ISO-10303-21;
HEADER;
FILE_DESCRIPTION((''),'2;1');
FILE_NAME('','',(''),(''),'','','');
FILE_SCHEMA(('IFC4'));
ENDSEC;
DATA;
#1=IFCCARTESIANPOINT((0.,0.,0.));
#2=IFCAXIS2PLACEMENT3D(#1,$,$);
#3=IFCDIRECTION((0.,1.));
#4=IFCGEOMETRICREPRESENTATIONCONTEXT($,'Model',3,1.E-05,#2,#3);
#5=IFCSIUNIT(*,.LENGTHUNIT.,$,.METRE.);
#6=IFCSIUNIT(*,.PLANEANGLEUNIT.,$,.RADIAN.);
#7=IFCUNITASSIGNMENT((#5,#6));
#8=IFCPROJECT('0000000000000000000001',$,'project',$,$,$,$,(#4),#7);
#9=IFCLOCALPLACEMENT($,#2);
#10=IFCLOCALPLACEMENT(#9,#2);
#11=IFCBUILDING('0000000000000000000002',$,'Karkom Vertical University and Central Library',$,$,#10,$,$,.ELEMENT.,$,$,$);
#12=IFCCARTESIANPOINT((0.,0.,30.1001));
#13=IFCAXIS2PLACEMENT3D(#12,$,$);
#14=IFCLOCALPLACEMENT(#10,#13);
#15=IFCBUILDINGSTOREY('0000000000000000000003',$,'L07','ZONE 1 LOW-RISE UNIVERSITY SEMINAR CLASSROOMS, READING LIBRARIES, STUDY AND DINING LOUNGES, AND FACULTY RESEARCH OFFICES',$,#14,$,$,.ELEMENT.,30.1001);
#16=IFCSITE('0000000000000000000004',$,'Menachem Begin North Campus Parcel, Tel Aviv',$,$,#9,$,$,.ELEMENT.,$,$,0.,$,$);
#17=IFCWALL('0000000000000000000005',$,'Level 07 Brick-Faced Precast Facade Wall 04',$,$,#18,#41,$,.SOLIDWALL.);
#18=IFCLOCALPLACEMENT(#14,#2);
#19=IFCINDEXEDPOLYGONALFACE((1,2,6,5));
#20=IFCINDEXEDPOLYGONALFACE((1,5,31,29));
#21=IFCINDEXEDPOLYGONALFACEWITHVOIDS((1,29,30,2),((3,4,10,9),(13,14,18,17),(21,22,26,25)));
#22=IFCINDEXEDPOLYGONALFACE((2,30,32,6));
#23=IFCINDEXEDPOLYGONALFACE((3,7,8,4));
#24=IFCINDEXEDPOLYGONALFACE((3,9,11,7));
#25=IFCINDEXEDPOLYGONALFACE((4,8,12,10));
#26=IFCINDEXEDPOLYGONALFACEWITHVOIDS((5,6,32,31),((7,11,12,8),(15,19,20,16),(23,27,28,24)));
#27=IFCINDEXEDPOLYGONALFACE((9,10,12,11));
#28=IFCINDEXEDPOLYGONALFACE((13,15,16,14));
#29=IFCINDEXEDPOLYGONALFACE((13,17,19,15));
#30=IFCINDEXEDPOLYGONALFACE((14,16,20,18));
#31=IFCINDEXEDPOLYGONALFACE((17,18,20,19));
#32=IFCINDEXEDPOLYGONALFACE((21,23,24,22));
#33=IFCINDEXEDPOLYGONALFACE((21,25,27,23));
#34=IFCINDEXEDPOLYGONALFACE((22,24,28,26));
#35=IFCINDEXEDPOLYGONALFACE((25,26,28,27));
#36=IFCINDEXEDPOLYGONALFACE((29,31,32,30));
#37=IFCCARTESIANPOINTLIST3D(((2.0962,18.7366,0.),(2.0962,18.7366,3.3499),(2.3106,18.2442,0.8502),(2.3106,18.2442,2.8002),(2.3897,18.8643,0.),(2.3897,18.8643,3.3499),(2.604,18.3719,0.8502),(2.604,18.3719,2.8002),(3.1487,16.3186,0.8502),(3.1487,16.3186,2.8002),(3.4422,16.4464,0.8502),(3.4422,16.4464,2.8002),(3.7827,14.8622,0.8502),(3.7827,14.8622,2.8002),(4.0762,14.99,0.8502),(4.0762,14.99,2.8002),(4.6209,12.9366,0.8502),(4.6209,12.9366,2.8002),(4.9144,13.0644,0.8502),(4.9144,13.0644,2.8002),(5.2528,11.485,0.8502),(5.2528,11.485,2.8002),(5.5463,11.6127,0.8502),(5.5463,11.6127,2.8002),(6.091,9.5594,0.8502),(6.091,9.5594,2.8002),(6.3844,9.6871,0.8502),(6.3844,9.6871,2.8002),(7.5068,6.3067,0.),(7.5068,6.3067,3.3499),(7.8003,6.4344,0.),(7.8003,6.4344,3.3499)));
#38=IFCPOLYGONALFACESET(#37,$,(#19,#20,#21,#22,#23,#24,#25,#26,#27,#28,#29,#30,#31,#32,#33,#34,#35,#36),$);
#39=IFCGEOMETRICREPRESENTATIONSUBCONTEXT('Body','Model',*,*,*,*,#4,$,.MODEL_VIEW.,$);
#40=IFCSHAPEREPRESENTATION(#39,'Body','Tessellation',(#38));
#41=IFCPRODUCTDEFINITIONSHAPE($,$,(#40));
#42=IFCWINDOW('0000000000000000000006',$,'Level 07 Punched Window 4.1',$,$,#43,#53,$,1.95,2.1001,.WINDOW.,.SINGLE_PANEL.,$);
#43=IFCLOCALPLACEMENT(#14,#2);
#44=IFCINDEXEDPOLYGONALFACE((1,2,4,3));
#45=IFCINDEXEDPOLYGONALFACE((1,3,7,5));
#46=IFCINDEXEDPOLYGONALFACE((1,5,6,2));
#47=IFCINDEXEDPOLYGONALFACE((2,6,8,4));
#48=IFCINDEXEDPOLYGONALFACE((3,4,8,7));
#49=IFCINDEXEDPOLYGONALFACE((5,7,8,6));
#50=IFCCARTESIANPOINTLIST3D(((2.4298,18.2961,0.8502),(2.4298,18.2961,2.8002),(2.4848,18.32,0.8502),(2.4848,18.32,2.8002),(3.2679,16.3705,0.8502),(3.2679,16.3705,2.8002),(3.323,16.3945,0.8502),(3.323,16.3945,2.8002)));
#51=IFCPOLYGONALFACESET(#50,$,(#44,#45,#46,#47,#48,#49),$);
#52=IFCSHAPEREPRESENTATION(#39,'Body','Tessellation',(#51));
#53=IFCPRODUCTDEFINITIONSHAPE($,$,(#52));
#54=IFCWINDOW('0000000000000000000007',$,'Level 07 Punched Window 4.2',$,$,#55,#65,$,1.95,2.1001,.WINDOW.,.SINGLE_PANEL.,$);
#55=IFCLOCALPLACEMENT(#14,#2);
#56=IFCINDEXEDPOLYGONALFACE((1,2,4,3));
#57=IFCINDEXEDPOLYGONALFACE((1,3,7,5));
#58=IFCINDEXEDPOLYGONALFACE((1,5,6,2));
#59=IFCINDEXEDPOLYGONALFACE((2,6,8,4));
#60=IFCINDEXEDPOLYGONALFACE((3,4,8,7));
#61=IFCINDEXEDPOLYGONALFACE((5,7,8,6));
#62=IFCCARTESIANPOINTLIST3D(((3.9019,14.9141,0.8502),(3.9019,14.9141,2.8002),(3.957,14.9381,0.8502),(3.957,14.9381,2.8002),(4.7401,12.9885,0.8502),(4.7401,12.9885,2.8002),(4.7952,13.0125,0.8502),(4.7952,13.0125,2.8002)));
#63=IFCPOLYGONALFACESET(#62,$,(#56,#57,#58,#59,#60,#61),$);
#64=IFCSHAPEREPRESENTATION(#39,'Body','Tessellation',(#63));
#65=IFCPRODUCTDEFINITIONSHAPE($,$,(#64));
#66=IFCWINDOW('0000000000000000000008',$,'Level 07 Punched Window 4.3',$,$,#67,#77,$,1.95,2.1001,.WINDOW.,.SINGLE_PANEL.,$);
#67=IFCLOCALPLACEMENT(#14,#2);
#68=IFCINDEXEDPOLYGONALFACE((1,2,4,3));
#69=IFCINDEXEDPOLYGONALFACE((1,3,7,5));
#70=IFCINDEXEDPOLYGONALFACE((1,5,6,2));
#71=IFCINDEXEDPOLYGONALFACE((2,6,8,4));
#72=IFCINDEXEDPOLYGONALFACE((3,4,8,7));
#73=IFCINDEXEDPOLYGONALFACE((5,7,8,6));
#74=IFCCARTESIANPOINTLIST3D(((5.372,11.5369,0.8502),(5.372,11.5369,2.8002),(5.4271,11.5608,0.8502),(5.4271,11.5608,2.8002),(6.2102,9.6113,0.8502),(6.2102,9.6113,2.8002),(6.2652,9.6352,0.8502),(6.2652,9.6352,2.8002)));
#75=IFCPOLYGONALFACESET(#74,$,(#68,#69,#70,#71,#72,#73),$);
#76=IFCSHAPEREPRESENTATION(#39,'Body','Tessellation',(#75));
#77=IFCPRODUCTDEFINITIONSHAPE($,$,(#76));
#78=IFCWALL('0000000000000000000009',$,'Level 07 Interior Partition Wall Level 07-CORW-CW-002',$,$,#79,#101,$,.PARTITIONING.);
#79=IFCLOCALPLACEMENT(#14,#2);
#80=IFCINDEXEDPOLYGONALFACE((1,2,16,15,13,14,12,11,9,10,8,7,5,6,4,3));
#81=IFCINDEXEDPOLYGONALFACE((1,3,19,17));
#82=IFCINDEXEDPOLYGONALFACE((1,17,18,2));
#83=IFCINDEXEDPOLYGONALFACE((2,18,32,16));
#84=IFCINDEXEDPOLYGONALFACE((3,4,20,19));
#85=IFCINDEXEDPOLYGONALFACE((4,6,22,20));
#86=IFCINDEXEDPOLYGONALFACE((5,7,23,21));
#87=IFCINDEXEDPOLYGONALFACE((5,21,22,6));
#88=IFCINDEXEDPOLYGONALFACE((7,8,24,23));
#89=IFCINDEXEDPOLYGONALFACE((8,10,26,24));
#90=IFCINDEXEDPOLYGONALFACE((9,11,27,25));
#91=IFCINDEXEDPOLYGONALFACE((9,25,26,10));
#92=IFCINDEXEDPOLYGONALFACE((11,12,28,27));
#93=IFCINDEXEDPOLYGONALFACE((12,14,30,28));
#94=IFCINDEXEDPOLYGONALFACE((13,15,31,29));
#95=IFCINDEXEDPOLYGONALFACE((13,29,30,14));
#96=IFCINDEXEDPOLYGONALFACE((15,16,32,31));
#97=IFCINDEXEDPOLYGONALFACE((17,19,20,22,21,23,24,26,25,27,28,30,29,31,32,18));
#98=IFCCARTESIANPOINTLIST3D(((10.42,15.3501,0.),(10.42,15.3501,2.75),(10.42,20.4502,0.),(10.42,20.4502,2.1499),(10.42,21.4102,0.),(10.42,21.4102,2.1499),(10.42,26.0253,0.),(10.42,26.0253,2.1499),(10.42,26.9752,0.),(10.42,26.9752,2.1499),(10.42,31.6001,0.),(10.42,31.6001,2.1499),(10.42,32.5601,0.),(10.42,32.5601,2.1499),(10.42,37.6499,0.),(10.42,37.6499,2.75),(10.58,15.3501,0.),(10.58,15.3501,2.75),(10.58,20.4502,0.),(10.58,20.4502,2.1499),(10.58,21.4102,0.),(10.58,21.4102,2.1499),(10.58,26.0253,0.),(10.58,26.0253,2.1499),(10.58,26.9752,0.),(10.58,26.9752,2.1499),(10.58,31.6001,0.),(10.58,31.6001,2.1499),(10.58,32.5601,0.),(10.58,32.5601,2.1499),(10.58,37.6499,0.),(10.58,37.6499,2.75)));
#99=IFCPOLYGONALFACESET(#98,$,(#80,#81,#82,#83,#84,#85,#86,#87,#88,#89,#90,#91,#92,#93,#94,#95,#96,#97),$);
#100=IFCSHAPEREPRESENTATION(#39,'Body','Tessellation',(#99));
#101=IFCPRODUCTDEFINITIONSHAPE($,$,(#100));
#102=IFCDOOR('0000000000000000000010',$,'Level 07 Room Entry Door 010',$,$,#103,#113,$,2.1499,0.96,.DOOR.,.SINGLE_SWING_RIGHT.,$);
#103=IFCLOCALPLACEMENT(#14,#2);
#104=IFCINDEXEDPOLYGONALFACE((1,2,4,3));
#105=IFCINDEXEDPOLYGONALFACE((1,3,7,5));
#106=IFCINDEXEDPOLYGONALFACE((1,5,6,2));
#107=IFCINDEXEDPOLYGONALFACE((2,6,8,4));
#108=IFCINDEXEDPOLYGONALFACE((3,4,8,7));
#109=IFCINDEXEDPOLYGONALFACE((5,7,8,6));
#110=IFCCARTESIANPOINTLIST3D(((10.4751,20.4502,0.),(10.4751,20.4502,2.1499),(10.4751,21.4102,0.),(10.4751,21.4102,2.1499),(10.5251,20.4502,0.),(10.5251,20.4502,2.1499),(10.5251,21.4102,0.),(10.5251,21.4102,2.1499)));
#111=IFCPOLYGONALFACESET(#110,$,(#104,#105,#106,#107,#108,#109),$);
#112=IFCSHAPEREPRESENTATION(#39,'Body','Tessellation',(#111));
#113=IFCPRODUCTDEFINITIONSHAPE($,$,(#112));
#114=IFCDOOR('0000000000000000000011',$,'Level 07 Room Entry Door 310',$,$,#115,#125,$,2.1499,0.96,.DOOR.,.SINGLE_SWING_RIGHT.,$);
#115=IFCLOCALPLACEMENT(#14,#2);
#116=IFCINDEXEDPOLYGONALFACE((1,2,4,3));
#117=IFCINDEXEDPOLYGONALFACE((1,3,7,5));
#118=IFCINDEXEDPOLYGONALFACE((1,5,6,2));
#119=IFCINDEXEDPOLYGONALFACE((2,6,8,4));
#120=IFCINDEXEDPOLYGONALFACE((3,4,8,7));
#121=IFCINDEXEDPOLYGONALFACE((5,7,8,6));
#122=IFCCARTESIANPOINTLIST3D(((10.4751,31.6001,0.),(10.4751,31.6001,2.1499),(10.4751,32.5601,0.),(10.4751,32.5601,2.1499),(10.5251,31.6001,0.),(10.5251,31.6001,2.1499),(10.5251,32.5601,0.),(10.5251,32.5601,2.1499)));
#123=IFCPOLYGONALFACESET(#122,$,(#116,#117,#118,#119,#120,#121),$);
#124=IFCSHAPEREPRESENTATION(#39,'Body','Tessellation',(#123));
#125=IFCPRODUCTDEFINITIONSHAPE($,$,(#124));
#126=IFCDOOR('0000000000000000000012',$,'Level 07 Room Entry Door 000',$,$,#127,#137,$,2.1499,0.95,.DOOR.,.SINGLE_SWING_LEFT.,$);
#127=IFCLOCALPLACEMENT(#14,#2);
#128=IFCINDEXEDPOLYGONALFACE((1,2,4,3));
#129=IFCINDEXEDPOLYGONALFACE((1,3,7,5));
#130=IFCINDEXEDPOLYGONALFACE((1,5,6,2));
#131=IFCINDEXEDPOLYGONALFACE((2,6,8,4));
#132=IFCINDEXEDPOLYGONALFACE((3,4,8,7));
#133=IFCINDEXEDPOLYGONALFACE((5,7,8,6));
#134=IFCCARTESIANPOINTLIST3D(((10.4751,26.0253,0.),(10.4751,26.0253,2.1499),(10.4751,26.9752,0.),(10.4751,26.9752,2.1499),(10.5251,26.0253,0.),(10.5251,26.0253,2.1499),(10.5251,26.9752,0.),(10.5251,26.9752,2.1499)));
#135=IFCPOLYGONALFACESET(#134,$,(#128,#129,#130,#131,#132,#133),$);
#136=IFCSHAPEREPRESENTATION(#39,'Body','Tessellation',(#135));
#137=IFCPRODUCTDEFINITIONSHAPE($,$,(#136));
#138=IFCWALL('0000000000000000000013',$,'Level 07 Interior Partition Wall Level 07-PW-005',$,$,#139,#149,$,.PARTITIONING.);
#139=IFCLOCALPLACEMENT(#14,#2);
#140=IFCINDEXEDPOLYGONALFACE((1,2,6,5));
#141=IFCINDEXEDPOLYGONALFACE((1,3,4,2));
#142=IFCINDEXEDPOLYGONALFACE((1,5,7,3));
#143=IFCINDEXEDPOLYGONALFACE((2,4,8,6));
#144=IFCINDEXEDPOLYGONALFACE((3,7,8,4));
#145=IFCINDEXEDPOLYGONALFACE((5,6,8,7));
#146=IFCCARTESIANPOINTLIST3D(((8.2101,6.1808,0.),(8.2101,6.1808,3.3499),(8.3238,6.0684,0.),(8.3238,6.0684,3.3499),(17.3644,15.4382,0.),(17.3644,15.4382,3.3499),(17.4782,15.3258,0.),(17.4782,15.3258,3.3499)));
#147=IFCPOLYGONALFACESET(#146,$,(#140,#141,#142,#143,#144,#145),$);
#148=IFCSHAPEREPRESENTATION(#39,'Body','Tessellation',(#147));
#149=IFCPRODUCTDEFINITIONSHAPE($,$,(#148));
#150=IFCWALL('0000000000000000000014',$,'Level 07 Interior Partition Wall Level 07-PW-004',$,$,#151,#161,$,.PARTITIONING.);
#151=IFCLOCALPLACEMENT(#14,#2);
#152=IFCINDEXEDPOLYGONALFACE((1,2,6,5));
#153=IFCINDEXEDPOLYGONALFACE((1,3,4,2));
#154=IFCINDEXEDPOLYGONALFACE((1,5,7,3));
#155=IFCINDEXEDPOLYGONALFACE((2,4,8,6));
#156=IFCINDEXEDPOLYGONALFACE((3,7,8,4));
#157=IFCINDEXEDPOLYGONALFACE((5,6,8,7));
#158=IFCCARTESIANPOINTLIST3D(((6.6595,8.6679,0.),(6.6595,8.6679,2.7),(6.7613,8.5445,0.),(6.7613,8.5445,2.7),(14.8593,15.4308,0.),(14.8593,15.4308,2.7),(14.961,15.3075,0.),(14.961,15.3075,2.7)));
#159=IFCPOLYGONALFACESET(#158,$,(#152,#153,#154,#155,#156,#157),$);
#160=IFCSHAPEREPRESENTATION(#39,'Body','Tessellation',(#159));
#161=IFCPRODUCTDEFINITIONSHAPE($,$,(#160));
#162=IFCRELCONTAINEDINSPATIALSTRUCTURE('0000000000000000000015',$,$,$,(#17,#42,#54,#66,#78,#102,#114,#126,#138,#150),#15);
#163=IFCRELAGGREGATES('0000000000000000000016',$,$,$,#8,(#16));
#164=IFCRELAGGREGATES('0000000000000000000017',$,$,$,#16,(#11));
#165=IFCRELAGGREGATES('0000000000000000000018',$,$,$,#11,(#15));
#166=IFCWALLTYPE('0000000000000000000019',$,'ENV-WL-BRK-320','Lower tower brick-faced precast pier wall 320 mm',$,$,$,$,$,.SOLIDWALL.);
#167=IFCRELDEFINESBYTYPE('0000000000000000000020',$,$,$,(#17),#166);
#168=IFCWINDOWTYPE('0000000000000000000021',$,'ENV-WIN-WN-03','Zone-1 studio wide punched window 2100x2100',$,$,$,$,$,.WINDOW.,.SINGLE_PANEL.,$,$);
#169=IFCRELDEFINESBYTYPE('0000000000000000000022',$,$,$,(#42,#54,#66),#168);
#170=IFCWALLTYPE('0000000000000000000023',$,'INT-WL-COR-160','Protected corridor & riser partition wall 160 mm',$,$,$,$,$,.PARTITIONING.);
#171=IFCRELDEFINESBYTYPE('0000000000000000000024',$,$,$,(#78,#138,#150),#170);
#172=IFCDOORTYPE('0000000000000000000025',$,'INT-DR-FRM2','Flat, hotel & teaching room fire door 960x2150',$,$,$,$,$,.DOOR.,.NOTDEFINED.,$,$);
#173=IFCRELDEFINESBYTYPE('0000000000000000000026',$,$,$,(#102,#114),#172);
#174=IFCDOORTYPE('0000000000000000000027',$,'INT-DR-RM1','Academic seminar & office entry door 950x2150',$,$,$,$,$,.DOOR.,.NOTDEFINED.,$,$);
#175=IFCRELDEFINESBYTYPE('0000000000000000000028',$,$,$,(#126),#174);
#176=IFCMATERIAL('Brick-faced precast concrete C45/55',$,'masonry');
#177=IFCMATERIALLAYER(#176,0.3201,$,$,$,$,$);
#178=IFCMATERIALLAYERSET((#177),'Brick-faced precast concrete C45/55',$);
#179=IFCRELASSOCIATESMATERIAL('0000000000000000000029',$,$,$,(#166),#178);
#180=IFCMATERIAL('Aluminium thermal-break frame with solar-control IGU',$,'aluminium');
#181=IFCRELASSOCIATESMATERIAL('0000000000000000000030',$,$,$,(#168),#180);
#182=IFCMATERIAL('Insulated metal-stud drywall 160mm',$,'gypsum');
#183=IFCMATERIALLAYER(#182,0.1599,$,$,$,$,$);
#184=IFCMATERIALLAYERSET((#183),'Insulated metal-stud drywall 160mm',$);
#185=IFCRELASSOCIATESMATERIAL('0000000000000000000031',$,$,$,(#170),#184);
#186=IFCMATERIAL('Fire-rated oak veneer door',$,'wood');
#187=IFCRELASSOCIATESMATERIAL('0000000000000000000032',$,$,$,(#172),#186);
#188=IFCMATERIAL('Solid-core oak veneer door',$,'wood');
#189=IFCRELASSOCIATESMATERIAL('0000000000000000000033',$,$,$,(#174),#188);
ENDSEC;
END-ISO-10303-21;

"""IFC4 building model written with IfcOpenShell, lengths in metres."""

from ifc_helpers import new_model, si_unit, direction, frame, frame_2d, origin, origin_with_axes, place, context, subcontext, project, spatial, rectangle, extrude, source, transform, mapped, material, layer, layer_set, type_object, element, fill, save


model = new_model("IFC4")

# Units and contexts
model_context = context("Model", 3, precision=1e-05, world=origin(), true_north=direction((0.0, 1.0)))
body_context = subcontext(model_context, "Body", "Model", "MODEL_VIEW")
ifc_project = project(units=[si_unit("LENGTHUNIT", "METRE"), si_unit("PLANEANGLEUNIT", "RADIAN")], contexts=[model_context])

# Site, building, storey
site_placement = place(None, origin())
site = spatial("IfcSite", under=ifc_project, at=site_placement, Name="Menachem Begin North Campus Parcel, Tel Aviv", CompositionType="ELEMENT", RefElevation=0.0)
building_placement = place(site_placement, origin())
building = spatial("IfcBuilding", under=site, at=building_placement, Name="Karkom Vertical University and Central Library", CompositionType="ELEMENT")
storey_placement = place(building_placement, frame((0.0, 0.0, 30.1001)))
storey = spatial("IfcBuildingStorey", under=building, at=storey_placement, Name="L07", Description="ZONE 1 LOW-RISE UNIVERSITY SEMINAR CLASSROOMS, READING LIBRARIES, STUDY AND DINING LOUNGES, AND FACULTY RESEARCH OFFICES", CompositionType="ELEMENT", Elevation=30.1001)

# Wall, openings, windows
ifc_material_1 = material(Name="Brick-faced precast concrete C45/55", Category="masonry")
ifc_layer_1 = layer(ifc_material_1, 0.3201)
ifc_layer_set_1 = layer_set([ifc_layer_1], Name="Brick-faced precast concrete C45/55")
wall_type_1 = type_object("IfcWallType", Name="ENV-WL-BRK-320", Description="Lower tower brick-faced precast pier wall 320 mm", PredefinedType="SOLIDWALL", material=ifc_layer_set_1)
wall_1_placement = place(storey_placement, frame((2.2429, 18.8005, 0.0), z_axis=(0.0, 0.0, 1.0), x_axis=(0.399119, -0.916899, 0.0)))
wall_1 = element("IfcWall", 1, at=wall_1_placement, inside=storey, type_object=wall_type_1, Name="Level 07 Brick-Faced Precast Facade Wall 04", PredefinedType="SOLIDWALL", context=body_context, shape_type="SweptSolid", body=[
    extrude(rectangle(XDim=13.5564, YDim=0.3201, at=frame_2d((6.7783, 0.0))), origin(), (0.0, 0.0, 1.0), 3.3499),
])
opening_1_placement = place(wall_1_placement, frame((0.5371, 0.0, 0.8501)))
opening_1 = element("IfcOpeningElement", 2, at=opening_1_placement, cuts=wall_1, PredefinedType="OPENING", context=body_context, shape_type="SweptSolid", body=[
    extrude(rectangle(XDim=2.1001, YDim=1.95, at=frame_2d((1.05, 0.9751))), frame((0.0, 0.1699, 0.0), z_axis=(0.0, -1.0, 0.0), x_axis=(1.0, 0.0, 0.0)), (0.0, 0.0, 1.0), 0.3401),
])
opening_2_placement = place(wall_1_placement, frame((4.2256, 0.0, 0.8501)))
opening_2 = element("IfcOpeningElement", 3, at=opening_2_placement, cuts=wall_1, PredefinedType="OPENING", context=body_context, shape_type="SweptSolid", body=[
    extrude(rectangle(XDim=2.1001, YDim=1.95, at=frame_2d((1.05, 0.9751))), frame((0.0, 0.1699, 0.0), z_axis=(0.0, -1.0, 0.0), x_axis=(1.0, 0.0, 0.0)), (0.0, 0.0, 1.0), 0.3401),
])
opening_3_placement = place(wall_1_placement, frame((7.9089, 0.0, 0.8501)))
opening_3 = element("IfcOpeningElement", 4, at=opening_3_placement, cuts=wall_1, PredefinedType="OPENING", context=body_context, shape_type="SweptSolid", body=[
    extrude(rectangle(XDim=2.1001, YDim=1.95, at=frame_2d((1.05, 0.9751))), frame((0.0, 0.1699, 0.0), z_axis=(0.0, -1.0, 0.0), x_axis=(1.0, 0.0, 0.0)), (0.0, 0.0, 1.0), 0.3401),
])
ifc_material_2 = material(Name="Aluminium thermal-break frame with solar-control IGU", Category="aluminium")
window_type = type_object("IfcWindowType", Name="ENV-WIN-WN-03", Description="Zone-1 studio wide punched window 2100x2100", PartitioningType="SINGLE_PANEL", PredefinedType="WINDOW", material=ifc_material_2)
shared_shape_1 = source(origin_with_axes(), body_context, "Body", "SweptSolid", [
    extrude(rectangle(XDim=2.1001, YDim=1.95, at=frame_2d((1.05, 0.9751))), frame((0.0, 0.03, 0.0), z_axis=(0.0, -1.0, 0.0), x_axis=(1.0, 0.0, 0.0)), (0.0, 0.0, 1.0), 0.0601),
])
window_1_placement = place(opening_1_placement, origin())
window_1 = element("IfcWindow", 5, at=window_1_placement, inside=storey, type_object=window_type, Name="Level 07 Punched Window 4.1", OverallHeight=1.95, OverallWidth=2.1001, PartitioningType="SINGLE_PANEL", PredefinedType="WINDOW", context=body_context, shape_type="MappedRepresentation", body=[
    mapped(shared_shape_1, transform((0.0, 0.0, 0.0), scale=1.0)),
])
fill(opening_1, window_1)
window_2_placement = place(opening_2_placement, origin())
window_2 = element("IfcWindow", 6, at=window_2_placement, inside=storey, type_object=window_type, Name="Level 07 Punched Window 4.2", OverallHeight=1.95, OverallWidth=2.1001, PartitioningType="SINGLE_PANEL", PredefinedType="WINDOW", context=body_context, shape_type="MappedRepresentation", body=[
    mapped(shared_shape_1, transform((0.0, 0.0, 0.0), scale=1.0)),
])
fill(opening_2, window_2)
window_3_placement = place(opening_3_placement, origin())
window_3 = element("IfcWindow", 7, at=window_3_placement, inside=storey, type_object=window_type, Name="Level 07 Punched Window 4.3", OverallHeight=1.95, OverallWidth=2.1001, PartitioningType="SINGLE_PANEL", PredefinedType="WINDOW", context=body_context, shape_type="MappedRepresentation", body=[
    mapped(shared_shape_1, transform((0.0, 0.0, 0.0), scale=1.0)),
])
fill(opening_3, window_3)

# Wall, openings, doors
ifc_material_3 = material(Name="Insulated metal-stud drywall 160mm", Category="gypsum")
ifc_layer_2 = layer(ifc_material_3, 0.1599)
ifc_layer_set_2 = layer_set([ifc_layer_2], Name="Insulated metal-stud drywall 160mm")
wall_type_2 = type_object("IfcWallType", Name="INT-WL-COR-160", Description="Protected corridor & riser partition wall 160 mm", PredefinedType="PARTITIONING", material=ifc_layer_set_2)
wall_2_placement = place(storey_placement, frame((10.5, 15.3501, 0.0), z_axis=(0.0, 0.0, 1.0), x_axis=(0.0, 1.0, 0.0)))
wall_2 = element("IfcWall", 8, at=wall_2_placement, inside=storey, type_object=wall_type_2, Name="Level 07 Interior Partition Wall Level 07-CORW-CW-002", PredefinedType="PARTITIONING", context=body_context, shape_type="SweptSolid", body=[
    extrude(rectangle(XDim=22.2998, YDim=0.1599, at=frame_2d((11.1499, 0.0))), origin(), (0.0, 0.0, 1.0), 2.75),
])
opening_4_placement = place(wall_2_placement, frame((10.675, 0.0, 0.0)))
opening_4 = element("IfcOpeningElement", 9, at=opening_4_placement, cuts=wall_2, PredefinedType="OPENING", context=body_context, shape_type="SweptSolid", body=[
    extrude(rectangle(XDim=0.95, YDim=2.1499, at=frame_2d((0.4751, 1.075))), frame((0.0, 0.0898, 0.0), z_axis=(0.0, -1.0, 0.0), x_axis=(1.0, 0.0, 0.0)), (0.0, 0.0, 1.0), 0.1799),
])
opening_5_placement = place(wall_2_placement, frame((5.1001, 0.0, 0.0)))
opening_5 = element("IfcOpeningElement", 10, at=opening_5_placement, cuts=wall_2, PredefinedType="OPENING", context=body_context, shape_type="SweptSolid", body=[
    extrude(rectangle(XDim=0.96, YDim=2.1499, at=frame_2d((0.48, 1.075))), frame((0.0, 0.0898, 0.0), z_axis=(0.0, -1.0, 0.0), x_axis=(1.0, 0.0, 0.0)), (0.0, 0.0, 1.0), 0.1799),
])
opening_6_placement = place(wall_2_placement, frame((16.25, 0.0, 0.0)))
opening_6 = element("IfcOpeningElement", 11, at=opening_6_placement, cuts=wall_2, PredefinedType="OPENING", context=body_context, shape_type="SweptSolid", body=[
    extrude(rectangle(XDim=0.96, YDim=2.1499, at=frame_2d((0.48, 1.075))), frame((0.0, 0.0898, 0.0), z_axis=(0.0, -1.0, 0.0), x_axis=(1.0, 0.0, 0.0)), (0.0, 0.0, 1.0), 0.1799),
])
ifc_material_4 = material(Name="Fire-rated oak veneer door", Category="wood")
door_type_1 = type_object("IfcDoorType", Name="INT-DR-FRM2", Description="Flat, hotel & teaching room fire door 960x2150", OperationType="NOTDEFINED", PredefinedType="DOOR", material=ifc_material_4)
shared_shape_2 = source(origin_with_axes(), body_context, "Body", "SweptSolid", [
    extrude(rectangle(XDim=0.96, YDim=2.1499, at=frame_2d((0.48, 1.075))), frame((0.0, 0.0249, 0.0), z_axis=(0.0, -1.0, 0.0), x_axis=(1.0, 0.0, 0.0)), (0.0, 0.0, 1.0), 0.05),
])
door_1_placement = place(opening_5_placement, origin())
door_1 = element("IfcDoor", 12, at=door_1_placement, inside=storey, type_object=door_type_1, Name="Level 07 Room Entry Door 010", OperationType="SINGLE_SWING_RIGHT", OverallHeight=2.1499, OverallWidth=0.96, PredefinedType="DOOR", context=body_context, shape_type="MappedRepresentation", body=[
    mapped(shared_shape_2, transform((0.0, 0.0, 0.0), scale=1.0)),
])
fill(opening_5, door_1)
door_2_placement = place(opening_6_placement, origin())
door_2 = element("IfcDoor", 13, at=door_2_placement, inside=storey, type_object=door_type_1, Name="Level 07 Room Entry Door 310", OperationType="SINGLE_SWING_RIGHT", OverallHeight=2.1499, OverallWidth=0.96, PredefinedType="DOOR", context=body_context, shape_type="MappedRepresentation", body=[
    mapped(shared_shape_2, transform((0.0, 0.0, 0.0), scale=1.0)),
])
fill(opening_6, door_2)
ifc_material_5 = material(Name="Solid-core oak veneer door", Category="wood")
door_type_2 = type_object("IfcDoorType", Name="INT-DR-RM1", Description="Academic seminar & office entry door 950x2150", OperationType="NOTDEFINED", PredefinedType="DOOR", material=ifc_material_5)
shared_shape_3 = source(origin_with_axes(), body_context, "Body", "SweptSolid", [
    extrude(rectangle(XDim=0.95, YDim=2.1499, at=frame_2d((0.4751, 1.075))), frame((0.0, 0.0249, 0.0), z_axis=(0.0, -1.0, 0.0), x_axis=(1.0, 0.0, 0.0)), (0.0, 0.0, 1.0), 0.05),
])
door_3_placement = place(opening_4_placement, origin())
door_3 = element("IfcDoor", 14, at=door_3_placement, inside=storey, type_object=door_type_2, Name="Level 07 Room Entry Door 000", OperationType="SINGLE_SWING_LEFT", OverallHeight=2.1499, OverallWidth=0.95, PredefinedType="DOOR", context=body_context, shape_type="MappedRepresentation", body=[
    mapped(shared_shape_3, transform((0.0, 0.0, 0.0), scale=1.0)),
])
fill(opening_4, door_3)

# Walls
wall_3_placement = place(storey_placement, frame((17.4214, 15.3821, 0.0), z_axis=(0.0, 0.0, 1.0), x_axis=(-0.703139, -0.711052, 0.0)))
element("IfcWall", 15, at=wall_3_placement, inside=storey, type_object=wall_type_2, Name="Level 07 Interior Partition Wall Level 07-PW-005", PredefinedType="PARTITIONING", context=body_context, shape_type="SweptSolid", body=[
    extrude(rectangle(XDim=13.0193, YDim=0.1599, at=frame_2d((6.5098, 0.0))), origin(), (0.0, 0.0, 1.0), 3.3499),
])
wall_4_placement = place(storey_placement, frame((14.9102, 15.3691, 0.0), z_axis=(0.0, 0.0, 1.0), x_axis=(-0.771457, -0.636281, 0.0)))
element("IfcWall", 16, at=wall_4_placement, inside=storey, type_object=wall_type_2, Name="Level 07 Interior Partition Wall Level 07-PW-004", PredefinedType="PARTITIONING", context=body_context, shape_type="SweptSolid", body=[
    extrude(rectangle(XDim=10.6289, YDim=0.1599, at=frame_2d((5.3145, 0.0))), origin(), (0.0, 0.0, 1.0), 2.7),
])

save(model, "model.ifc")
